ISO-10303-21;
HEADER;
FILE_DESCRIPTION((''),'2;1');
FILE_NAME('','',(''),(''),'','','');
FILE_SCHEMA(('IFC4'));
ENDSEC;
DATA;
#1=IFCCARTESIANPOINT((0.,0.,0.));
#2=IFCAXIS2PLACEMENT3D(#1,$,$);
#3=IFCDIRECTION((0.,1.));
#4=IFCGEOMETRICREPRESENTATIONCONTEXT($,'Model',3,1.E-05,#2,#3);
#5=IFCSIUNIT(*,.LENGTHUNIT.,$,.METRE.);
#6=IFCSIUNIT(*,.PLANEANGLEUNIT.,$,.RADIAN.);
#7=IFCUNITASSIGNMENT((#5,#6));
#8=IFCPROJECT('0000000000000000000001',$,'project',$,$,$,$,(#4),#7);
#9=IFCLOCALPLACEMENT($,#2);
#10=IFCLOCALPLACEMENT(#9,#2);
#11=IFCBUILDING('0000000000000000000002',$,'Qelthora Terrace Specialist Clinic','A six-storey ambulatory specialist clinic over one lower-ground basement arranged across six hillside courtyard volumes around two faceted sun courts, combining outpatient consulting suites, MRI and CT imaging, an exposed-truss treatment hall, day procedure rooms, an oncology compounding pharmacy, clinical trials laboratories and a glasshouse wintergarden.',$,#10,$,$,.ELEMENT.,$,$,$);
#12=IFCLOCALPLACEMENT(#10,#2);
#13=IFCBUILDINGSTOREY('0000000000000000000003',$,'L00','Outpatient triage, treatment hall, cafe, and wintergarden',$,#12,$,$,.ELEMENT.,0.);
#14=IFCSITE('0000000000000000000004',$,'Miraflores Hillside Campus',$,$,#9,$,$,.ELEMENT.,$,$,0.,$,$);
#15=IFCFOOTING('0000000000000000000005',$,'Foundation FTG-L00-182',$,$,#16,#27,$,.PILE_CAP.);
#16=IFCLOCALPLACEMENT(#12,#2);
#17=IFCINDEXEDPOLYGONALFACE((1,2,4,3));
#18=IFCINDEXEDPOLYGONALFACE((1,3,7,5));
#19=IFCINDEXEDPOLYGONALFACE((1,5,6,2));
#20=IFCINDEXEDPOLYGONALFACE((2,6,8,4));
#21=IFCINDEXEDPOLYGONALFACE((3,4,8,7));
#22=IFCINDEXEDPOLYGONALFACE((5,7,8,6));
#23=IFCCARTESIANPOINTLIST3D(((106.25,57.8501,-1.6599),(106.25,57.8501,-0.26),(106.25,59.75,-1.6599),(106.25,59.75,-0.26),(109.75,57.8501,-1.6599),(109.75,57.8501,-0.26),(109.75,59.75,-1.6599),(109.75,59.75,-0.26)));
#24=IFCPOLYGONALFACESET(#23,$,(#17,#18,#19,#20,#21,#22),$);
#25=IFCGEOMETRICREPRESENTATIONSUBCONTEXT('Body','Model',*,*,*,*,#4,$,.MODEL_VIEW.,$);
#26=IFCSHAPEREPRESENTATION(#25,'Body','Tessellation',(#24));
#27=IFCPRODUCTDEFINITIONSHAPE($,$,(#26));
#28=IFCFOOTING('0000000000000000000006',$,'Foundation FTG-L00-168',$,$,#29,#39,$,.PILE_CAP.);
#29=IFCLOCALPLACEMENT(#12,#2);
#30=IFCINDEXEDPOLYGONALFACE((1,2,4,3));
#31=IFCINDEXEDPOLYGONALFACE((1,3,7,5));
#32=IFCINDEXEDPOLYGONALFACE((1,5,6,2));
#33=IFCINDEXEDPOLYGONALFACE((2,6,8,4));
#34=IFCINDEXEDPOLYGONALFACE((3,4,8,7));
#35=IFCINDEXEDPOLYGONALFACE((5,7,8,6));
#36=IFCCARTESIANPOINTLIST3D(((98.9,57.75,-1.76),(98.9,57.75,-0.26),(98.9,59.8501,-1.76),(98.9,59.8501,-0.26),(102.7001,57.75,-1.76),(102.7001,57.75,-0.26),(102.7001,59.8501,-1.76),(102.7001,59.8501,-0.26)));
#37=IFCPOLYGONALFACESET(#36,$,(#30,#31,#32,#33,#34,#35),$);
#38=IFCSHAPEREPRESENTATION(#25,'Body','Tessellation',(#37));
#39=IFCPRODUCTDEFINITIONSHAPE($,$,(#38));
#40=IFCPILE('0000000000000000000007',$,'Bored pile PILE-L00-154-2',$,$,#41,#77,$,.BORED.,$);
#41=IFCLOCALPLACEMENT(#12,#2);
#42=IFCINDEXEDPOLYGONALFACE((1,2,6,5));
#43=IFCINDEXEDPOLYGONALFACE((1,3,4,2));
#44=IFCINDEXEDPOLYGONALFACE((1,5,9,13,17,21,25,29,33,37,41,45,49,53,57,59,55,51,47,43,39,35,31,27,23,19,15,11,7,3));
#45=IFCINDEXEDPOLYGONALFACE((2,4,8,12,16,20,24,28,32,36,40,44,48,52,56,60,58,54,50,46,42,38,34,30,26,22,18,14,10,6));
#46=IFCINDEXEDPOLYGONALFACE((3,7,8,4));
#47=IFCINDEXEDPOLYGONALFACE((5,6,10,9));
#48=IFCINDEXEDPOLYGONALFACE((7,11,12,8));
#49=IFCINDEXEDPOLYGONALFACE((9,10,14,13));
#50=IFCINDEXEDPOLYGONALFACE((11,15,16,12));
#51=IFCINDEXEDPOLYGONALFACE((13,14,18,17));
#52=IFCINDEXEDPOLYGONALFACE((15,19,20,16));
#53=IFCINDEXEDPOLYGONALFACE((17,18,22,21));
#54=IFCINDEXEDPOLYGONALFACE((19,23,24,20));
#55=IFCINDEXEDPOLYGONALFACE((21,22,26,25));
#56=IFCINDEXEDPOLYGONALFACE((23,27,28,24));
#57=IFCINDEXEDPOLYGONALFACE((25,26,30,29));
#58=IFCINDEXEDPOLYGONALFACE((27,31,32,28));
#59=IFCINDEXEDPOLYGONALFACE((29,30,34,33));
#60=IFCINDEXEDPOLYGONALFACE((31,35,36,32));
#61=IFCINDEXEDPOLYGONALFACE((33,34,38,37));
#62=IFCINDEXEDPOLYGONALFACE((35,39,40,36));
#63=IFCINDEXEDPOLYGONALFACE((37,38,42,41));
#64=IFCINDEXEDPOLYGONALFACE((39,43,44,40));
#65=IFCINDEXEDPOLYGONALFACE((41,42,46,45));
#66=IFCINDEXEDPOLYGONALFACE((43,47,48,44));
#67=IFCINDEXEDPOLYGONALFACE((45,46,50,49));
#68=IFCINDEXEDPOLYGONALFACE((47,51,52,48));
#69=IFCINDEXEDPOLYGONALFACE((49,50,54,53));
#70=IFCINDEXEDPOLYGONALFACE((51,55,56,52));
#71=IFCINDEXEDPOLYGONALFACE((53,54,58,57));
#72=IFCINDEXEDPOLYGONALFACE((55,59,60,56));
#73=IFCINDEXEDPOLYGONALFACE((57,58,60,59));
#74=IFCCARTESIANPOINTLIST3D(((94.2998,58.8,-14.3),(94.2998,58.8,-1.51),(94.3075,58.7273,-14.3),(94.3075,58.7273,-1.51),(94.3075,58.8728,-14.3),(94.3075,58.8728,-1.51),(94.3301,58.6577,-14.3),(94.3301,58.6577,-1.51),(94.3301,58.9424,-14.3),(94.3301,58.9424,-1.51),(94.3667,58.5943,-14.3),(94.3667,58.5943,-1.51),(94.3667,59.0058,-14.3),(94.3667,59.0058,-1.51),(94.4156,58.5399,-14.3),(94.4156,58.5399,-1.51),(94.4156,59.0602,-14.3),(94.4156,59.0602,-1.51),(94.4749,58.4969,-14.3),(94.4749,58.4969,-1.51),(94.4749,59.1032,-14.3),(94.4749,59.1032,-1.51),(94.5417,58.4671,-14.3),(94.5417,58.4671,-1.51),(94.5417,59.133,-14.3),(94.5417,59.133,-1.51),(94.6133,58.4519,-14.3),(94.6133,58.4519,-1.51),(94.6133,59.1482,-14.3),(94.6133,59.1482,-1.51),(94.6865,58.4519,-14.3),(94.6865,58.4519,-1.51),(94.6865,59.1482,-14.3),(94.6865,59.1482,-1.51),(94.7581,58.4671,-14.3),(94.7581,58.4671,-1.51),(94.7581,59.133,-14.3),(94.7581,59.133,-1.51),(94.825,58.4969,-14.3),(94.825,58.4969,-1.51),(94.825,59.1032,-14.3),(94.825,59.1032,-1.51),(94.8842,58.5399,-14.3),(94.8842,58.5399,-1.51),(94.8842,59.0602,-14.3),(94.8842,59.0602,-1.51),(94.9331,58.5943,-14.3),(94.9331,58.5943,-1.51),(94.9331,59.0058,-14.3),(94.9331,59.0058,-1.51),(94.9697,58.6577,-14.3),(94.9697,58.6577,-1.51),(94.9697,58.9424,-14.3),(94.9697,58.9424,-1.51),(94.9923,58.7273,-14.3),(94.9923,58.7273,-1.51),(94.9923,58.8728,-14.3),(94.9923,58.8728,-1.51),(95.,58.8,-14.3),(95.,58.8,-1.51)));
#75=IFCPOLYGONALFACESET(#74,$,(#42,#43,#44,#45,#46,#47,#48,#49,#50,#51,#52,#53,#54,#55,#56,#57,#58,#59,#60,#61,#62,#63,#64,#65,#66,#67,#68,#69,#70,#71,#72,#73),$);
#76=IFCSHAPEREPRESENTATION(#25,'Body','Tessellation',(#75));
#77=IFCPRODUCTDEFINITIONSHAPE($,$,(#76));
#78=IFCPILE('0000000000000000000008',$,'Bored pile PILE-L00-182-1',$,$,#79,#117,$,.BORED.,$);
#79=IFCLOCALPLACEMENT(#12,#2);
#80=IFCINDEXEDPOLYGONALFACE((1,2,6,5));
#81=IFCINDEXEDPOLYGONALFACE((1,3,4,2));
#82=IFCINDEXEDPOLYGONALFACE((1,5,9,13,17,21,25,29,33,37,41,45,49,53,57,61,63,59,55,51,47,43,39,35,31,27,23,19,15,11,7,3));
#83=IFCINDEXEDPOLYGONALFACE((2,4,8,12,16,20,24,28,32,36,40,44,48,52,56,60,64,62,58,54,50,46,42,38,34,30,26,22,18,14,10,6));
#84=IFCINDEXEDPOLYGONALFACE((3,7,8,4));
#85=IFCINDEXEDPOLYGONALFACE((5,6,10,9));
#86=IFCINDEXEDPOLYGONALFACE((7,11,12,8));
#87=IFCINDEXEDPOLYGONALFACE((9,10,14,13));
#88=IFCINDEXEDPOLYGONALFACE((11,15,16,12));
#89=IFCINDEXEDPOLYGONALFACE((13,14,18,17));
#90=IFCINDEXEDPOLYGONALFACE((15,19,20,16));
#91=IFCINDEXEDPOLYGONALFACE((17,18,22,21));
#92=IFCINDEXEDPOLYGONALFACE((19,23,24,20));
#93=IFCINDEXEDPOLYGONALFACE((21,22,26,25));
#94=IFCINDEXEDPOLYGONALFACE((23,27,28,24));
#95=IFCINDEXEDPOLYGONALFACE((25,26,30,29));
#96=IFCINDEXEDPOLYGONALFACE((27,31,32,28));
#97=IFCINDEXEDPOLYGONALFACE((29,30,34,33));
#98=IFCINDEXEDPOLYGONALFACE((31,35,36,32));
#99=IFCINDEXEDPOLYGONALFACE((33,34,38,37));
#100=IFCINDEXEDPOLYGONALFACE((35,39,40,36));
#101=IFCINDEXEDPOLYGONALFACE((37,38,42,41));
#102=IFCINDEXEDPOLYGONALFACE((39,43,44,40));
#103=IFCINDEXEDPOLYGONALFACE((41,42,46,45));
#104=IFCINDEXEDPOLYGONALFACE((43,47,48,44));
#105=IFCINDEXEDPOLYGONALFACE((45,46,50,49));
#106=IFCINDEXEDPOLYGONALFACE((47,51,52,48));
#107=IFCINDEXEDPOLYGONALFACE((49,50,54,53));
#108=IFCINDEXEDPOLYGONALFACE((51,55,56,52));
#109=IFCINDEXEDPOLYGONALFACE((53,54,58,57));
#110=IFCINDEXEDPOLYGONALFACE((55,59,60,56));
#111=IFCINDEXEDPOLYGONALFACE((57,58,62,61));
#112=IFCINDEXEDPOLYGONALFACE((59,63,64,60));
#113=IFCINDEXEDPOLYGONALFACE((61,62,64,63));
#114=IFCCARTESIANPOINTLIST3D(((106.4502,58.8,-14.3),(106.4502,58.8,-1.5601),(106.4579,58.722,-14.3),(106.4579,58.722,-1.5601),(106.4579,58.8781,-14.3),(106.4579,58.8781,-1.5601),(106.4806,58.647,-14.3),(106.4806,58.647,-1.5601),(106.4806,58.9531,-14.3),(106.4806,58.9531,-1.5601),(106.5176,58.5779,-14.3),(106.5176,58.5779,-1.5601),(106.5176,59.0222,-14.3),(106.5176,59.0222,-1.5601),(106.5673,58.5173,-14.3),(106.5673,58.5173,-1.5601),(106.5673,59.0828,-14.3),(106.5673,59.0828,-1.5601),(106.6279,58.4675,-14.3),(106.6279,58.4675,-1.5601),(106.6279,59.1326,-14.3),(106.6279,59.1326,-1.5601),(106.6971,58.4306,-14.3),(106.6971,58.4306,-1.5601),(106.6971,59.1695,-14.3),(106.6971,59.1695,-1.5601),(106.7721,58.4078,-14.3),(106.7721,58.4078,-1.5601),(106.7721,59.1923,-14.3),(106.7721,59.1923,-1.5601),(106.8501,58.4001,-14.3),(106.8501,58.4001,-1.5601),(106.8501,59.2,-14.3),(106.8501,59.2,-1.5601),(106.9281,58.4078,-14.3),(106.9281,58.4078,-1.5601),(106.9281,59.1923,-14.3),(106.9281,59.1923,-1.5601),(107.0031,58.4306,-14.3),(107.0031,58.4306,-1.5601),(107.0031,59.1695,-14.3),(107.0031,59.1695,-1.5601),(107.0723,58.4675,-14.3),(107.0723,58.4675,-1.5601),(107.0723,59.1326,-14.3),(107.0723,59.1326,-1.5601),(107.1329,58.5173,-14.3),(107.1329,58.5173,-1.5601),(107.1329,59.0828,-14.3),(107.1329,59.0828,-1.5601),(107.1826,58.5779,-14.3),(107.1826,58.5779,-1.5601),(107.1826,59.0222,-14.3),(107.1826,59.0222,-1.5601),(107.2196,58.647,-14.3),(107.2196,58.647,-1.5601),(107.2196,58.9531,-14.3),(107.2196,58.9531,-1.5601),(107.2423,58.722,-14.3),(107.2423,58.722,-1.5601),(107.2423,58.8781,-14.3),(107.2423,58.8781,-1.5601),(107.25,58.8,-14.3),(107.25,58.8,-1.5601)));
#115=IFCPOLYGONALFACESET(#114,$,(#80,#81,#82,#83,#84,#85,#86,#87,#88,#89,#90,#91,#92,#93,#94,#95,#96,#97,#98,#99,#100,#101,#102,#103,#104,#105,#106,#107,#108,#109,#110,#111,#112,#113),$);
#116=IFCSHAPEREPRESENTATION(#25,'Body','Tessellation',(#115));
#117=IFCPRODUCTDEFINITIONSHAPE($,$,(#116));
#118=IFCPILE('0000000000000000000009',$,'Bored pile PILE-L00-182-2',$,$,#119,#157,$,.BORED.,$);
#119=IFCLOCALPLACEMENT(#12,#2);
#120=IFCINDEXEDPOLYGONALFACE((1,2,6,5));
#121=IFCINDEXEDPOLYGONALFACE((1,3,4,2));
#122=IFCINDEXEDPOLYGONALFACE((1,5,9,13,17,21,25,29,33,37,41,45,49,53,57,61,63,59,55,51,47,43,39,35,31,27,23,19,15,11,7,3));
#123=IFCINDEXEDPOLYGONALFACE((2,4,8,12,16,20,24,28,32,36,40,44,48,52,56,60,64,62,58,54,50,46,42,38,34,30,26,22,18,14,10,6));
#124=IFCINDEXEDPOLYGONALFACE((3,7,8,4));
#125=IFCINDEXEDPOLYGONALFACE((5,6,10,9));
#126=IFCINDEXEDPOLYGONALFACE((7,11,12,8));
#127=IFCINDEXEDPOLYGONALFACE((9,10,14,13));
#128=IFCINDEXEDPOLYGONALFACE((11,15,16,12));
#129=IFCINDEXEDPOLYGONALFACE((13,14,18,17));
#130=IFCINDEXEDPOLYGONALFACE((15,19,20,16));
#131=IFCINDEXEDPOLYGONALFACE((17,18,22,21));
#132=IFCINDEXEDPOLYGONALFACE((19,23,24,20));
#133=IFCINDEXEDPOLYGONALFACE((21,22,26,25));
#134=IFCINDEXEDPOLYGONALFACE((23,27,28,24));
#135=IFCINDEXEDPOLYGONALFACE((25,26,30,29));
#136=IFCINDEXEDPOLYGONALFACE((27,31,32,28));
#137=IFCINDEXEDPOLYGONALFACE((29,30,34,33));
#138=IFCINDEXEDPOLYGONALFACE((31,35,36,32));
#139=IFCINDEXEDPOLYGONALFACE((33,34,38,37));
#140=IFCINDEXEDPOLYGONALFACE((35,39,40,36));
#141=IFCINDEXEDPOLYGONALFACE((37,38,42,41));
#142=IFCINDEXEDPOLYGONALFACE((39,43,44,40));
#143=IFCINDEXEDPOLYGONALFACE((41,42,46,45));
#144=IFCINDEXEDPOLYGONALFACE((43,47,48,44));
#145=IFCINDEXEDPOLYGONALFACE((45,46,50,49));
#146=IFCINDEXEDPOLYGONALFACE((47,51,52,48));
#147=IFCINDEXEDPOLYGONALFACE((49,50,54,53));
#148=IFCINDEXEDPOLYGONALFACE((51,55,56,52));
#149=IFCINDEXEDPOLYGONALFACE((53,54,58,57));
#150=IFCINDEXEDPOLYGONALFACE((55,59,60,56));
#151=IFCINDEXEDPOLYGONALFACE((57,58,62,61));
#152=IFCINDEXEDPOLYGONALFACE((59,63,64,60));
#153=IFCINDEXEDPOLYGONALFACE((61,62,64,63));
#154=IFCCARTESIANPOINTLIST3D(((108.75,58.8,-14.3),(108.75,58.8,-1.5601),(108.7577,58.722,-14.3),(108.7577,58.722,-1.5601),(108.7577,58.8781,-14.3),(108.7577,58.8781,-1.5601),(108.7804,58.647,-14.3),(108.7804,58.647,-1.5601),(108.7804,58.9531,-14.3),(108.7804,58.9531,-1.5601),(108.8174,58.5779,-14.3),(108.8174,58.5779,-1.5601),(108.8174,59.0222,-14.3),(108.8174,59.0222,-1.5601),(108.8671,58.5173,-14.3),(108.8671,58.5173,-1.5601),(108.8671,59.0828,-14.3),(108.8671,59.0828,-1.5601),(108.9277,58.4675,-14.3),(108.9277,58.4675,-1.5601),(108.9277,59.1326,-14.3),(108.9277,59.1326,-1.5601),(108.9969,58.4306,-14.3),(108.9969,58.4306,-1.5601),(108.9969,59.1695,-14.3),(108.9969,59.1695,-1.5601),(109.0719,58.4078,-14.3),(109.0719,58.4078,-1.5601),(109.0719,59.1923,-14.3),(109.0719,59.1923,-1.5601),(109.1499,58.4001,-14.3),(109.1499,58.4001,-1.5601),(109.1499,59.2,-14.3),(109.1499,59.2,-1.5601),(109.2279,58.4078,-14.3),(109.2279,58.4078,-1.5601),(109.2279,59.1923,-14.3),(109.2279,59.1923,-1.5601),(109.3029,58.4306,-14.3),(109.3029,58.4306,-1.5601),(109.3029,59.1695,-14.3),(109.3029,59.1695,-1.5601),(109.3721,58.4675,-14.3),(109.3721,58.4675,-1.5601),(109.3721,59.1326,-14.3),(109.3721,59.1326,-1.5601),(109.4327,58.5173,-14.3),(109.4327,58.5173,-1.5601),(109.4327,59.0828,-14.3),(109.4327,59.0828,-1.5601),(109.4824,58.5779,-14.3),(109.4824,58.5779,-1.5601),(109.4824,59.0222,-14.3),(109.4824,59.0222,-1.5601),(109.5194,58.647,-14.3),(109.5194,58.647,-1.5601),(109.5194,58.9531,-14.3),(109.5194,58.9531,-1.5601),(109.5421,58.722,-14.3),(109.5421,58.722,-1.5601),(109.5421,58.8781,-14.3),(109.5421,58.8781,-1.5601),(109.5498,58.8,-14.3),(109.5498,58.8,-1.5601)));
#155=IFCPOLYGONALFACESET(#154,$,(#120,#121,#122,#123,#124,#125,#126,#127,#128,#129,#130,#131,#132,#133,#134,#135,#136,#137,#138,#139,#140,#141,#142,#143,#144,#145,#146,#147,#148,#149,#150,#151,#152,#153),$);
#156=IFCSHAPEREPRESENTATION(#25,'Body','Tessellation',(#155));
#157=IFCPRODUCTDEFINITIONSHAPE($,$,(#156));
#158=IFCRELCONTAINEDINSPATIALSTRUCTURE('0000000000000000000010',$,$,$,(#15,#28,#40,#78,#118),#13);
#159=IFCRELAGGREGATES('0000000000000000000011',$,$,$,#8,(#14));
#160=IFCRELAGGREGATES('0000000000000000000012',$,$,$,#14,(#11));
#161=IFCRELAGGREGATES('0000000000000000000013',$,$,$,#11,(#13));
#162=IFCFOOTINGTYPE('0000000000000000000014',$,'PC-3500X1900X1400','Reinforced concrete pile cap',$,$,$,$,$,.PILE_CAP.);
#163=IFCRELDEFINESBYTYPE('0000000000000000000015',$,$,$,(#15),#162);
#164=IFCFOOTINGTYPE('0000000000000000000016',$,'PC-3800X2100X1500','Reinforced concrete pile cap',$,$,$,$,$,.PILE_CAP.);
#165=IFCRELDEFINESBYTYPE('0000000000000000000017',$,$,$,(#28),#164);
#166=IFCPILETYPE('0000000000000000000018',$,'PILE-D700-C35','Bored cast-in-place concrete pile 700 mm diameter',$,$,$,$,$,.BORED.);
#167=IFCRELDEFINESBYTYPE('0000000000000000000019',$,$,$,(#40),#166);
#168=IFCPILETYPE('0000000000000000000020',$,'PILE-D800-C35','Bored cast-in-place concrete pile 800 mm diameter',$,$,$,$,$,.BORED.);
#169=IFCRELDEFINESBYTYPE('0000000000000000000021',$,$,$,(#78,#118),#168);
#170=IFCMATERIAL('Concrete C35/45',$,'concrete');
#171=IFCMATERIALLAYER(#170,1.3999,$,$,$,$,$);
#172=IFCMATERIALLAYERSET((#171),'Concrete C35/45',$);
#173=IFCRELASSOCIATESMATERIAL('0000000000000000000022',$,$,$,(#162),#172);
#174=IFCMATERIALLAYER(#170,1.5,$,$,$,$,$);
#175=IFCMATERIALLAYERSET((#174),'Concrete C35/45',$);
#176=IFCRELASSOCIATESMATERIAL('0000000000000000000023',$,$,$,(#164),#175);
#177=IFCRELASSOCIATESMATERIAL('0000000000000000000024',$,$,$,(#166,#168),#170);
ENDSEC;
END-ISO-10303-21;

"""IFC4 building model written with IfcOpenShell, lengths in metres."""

from ifc_helpers import new_model, si_unit, direction, frame, origin, origin_2d, place, context, subcontext, project, spatial, rectangle, circle, extrude, material, layer, layer_set, material_profile, profile_set, type_object, element, save


model = new_model("IFC4")

# Units and contexts
model_context = context("Model", 3, precision=1e-05, world=origin(), true_north=direction((0.0, 1.0)))
body_context = subcontext(model_context, "Body", "Model", "MODEL_VIEW")
ifc_project = project(units=[si_unit("LENGTHUNIT", "METRE"), si_unit("PLANEANGLEUNIT", "RADIAN")], contexts=[model_context])

# Site, building, storey
site_placement = place(None, origin())
site = spatial("IfcSite", under=ifc_project, at=site_placement, Name="Miraflores Hillside Campus", CompositionType="ELEMENT", RefElevation=0.0)
building_placement = place(site_placement, origin())
building = spatial("IfcBuilding", under=site, at=building_placement, Name="Qelthora Terrace Specialist Clinic", Description="A six-storey ambulatory specialist clinic over one lower-ground basement arranged across six hillside courtyard volumes around two faceted sun courts, combining outpatient consulting suites, MRI and CT imaging, an exposed-truss treatment hall, day procedure rooms, an oncology compounding pharmacy, clinical trials laboratories and a glasshouse wintergarden.", CompositionType="ELEMENT")
storey_placement = place(building_placement, origin())
storey = spatial("IfcBuildingStorey", under=building, at=storey_placement, Name="L00", Description="Outpatient triage, treatment hall, cafe, and wintergarden", CompositionType="ELEMENT", Elevation=0.0)

# Footings
ifc_material_1 = material(Name="Concrete C35/45", Category="concrete")
ifc_layer_1 = layer(ifc_material_1, 1.3999)
ifc_layer_set_1 = layer_set([ifc_layer_1], Name="Concrete C35/45")
footing_type_1 = type_object("IfcFootingType", Name="PC-3500X1900X1400", Description="Reinforced concrete pile cap", PredefinedType="PILE_CAP", material=ifc_layer_set_1)
footing_1_placement = place(storey_placement, frame((108.0, 58.8, -1.6599), z_axis=(0.0, 0.0, 1.0), x_axis=(1.0, 0.0, 0.0)))
element("IfcFooting", 1, at=footing_1_placement, inside=storey, type_object=footing_type_1, Name="Foundation FTG-L00-182", PredefinedType="PILE_CAP", context=body_context, shape_type="SweptSolid", body=[
    extrude(rectangle(XDim=3.5, YDim=1.8999, at=origin_2d()), origin(), (0.0, 0.0, 1.0), 1.3999),
])
ifc_layer_2 = layer(ifc_material_1, 1.5)
ifc_layer_set_2 = layer_set([ifc_layer_2], Name="Concrete C35/45")
footing_type_2 = type_object("IfcFootingType", Name="PC-3800X2100X1500", Description="Reinforced concrete pile cap", PredefinedType="PILE_CAP", material=ifc_layer_set_2)
footing_2_placement = place(storey_placement, frame((100.8, 58.8, -1.76), z_axis=(0.0, 0.0, 1.0), x_axis=(1.0, 0.0, 0.0)))
element("IfcFooting", 2, at=footing_2_placement, inside=storey, type_object=footing_type_2, Name="Foundation FTG-L00-168", PredefinedType="PILE_CAP", context=body_context, shape_type="SweptSolid", body=[
    extrude(rectangle(XDim=3.8, YDim=2.1001, at=origin_2d()), origin(), (0.0, 0.0, 1.0), 1.5),
])

# Piles
ifc_material_profile_1 = material_profile(ifc_material_1, circle(Radius=0.3501, at=origin_2d()), Name="PILE700")
ifc_profile_set_1 = profile_set([ifc_material_profile_1], Name="Concrete C35/45")
pile_type_1 = type_object("IfcPileType", Name="PILE-D700-C35", Description="Bored cast-in-place concrete pile 700 mm diameter", PredefinedType="BORED", material=ifc_profile_set_1)
pile_placement = place(storey_placement, frame((94.6499, 58.8, -1.51), z_axis=(0.0, 0.0, -1.0), x_axis=(1.0, 0.0, 0.0)))
element("IfcPile", 3, at=pile_placement, inside=storey, type_object=pile_type_1, Name="Bored pile PILE-L00-154-2", PredefinedType="BORED", context=body_context, shape_type="SweptSolid", body=[
    extrude(circle(Radius=0.3501, at=origin_2d()), origin(), (0.0, 0.0, 1.0), 12.79),
])
ifc_material_profile_2 = material_profile(ifc_material_1, circle(Radius=0.3999, at=origin_2d()), Name="PILE800")
ifc_profile_set_2 = profile_set([ifc_material_profile_2], Name="Concrete C35/45")
pile_type_2 = type_object("IfcPileType", Name="PILE-D800-C35", Description="Bored cast-in-place concrete pile 800 mm diameter", PredefinedType="BORED", material=ifc_profile_set_2)
for number, where, z_axis, x_axis, name in (
    (4, (106.8501, 58.8, -1.5601), (0.0, 0.0, -1.0), (1.0, 0.0, 0.0), "Bored pile PILE-L00-182-1"),
    (5, (109.1499, 58.8, -1.5601), (0.0, 0.0, -1.0), (1.0, 0.0, 0.0), "Bored pile PILE-L00-182-2"),
):
    element("IfcPile", number, at=place(storey_placement, frame(where, z_axis=z_axis, x_axis=x_axis)), inside=storey, type_object=pile_type_2, Name=name, PredefinedType="BORED", context=body_context, shape_type="SweptSolid", body=[
        extrude(circle(Radius=0.3999, at=origin_2d()), origin(), (0.0, 0.0, 1.0), 12.74),
    ])

save(model, "model.ifc")
